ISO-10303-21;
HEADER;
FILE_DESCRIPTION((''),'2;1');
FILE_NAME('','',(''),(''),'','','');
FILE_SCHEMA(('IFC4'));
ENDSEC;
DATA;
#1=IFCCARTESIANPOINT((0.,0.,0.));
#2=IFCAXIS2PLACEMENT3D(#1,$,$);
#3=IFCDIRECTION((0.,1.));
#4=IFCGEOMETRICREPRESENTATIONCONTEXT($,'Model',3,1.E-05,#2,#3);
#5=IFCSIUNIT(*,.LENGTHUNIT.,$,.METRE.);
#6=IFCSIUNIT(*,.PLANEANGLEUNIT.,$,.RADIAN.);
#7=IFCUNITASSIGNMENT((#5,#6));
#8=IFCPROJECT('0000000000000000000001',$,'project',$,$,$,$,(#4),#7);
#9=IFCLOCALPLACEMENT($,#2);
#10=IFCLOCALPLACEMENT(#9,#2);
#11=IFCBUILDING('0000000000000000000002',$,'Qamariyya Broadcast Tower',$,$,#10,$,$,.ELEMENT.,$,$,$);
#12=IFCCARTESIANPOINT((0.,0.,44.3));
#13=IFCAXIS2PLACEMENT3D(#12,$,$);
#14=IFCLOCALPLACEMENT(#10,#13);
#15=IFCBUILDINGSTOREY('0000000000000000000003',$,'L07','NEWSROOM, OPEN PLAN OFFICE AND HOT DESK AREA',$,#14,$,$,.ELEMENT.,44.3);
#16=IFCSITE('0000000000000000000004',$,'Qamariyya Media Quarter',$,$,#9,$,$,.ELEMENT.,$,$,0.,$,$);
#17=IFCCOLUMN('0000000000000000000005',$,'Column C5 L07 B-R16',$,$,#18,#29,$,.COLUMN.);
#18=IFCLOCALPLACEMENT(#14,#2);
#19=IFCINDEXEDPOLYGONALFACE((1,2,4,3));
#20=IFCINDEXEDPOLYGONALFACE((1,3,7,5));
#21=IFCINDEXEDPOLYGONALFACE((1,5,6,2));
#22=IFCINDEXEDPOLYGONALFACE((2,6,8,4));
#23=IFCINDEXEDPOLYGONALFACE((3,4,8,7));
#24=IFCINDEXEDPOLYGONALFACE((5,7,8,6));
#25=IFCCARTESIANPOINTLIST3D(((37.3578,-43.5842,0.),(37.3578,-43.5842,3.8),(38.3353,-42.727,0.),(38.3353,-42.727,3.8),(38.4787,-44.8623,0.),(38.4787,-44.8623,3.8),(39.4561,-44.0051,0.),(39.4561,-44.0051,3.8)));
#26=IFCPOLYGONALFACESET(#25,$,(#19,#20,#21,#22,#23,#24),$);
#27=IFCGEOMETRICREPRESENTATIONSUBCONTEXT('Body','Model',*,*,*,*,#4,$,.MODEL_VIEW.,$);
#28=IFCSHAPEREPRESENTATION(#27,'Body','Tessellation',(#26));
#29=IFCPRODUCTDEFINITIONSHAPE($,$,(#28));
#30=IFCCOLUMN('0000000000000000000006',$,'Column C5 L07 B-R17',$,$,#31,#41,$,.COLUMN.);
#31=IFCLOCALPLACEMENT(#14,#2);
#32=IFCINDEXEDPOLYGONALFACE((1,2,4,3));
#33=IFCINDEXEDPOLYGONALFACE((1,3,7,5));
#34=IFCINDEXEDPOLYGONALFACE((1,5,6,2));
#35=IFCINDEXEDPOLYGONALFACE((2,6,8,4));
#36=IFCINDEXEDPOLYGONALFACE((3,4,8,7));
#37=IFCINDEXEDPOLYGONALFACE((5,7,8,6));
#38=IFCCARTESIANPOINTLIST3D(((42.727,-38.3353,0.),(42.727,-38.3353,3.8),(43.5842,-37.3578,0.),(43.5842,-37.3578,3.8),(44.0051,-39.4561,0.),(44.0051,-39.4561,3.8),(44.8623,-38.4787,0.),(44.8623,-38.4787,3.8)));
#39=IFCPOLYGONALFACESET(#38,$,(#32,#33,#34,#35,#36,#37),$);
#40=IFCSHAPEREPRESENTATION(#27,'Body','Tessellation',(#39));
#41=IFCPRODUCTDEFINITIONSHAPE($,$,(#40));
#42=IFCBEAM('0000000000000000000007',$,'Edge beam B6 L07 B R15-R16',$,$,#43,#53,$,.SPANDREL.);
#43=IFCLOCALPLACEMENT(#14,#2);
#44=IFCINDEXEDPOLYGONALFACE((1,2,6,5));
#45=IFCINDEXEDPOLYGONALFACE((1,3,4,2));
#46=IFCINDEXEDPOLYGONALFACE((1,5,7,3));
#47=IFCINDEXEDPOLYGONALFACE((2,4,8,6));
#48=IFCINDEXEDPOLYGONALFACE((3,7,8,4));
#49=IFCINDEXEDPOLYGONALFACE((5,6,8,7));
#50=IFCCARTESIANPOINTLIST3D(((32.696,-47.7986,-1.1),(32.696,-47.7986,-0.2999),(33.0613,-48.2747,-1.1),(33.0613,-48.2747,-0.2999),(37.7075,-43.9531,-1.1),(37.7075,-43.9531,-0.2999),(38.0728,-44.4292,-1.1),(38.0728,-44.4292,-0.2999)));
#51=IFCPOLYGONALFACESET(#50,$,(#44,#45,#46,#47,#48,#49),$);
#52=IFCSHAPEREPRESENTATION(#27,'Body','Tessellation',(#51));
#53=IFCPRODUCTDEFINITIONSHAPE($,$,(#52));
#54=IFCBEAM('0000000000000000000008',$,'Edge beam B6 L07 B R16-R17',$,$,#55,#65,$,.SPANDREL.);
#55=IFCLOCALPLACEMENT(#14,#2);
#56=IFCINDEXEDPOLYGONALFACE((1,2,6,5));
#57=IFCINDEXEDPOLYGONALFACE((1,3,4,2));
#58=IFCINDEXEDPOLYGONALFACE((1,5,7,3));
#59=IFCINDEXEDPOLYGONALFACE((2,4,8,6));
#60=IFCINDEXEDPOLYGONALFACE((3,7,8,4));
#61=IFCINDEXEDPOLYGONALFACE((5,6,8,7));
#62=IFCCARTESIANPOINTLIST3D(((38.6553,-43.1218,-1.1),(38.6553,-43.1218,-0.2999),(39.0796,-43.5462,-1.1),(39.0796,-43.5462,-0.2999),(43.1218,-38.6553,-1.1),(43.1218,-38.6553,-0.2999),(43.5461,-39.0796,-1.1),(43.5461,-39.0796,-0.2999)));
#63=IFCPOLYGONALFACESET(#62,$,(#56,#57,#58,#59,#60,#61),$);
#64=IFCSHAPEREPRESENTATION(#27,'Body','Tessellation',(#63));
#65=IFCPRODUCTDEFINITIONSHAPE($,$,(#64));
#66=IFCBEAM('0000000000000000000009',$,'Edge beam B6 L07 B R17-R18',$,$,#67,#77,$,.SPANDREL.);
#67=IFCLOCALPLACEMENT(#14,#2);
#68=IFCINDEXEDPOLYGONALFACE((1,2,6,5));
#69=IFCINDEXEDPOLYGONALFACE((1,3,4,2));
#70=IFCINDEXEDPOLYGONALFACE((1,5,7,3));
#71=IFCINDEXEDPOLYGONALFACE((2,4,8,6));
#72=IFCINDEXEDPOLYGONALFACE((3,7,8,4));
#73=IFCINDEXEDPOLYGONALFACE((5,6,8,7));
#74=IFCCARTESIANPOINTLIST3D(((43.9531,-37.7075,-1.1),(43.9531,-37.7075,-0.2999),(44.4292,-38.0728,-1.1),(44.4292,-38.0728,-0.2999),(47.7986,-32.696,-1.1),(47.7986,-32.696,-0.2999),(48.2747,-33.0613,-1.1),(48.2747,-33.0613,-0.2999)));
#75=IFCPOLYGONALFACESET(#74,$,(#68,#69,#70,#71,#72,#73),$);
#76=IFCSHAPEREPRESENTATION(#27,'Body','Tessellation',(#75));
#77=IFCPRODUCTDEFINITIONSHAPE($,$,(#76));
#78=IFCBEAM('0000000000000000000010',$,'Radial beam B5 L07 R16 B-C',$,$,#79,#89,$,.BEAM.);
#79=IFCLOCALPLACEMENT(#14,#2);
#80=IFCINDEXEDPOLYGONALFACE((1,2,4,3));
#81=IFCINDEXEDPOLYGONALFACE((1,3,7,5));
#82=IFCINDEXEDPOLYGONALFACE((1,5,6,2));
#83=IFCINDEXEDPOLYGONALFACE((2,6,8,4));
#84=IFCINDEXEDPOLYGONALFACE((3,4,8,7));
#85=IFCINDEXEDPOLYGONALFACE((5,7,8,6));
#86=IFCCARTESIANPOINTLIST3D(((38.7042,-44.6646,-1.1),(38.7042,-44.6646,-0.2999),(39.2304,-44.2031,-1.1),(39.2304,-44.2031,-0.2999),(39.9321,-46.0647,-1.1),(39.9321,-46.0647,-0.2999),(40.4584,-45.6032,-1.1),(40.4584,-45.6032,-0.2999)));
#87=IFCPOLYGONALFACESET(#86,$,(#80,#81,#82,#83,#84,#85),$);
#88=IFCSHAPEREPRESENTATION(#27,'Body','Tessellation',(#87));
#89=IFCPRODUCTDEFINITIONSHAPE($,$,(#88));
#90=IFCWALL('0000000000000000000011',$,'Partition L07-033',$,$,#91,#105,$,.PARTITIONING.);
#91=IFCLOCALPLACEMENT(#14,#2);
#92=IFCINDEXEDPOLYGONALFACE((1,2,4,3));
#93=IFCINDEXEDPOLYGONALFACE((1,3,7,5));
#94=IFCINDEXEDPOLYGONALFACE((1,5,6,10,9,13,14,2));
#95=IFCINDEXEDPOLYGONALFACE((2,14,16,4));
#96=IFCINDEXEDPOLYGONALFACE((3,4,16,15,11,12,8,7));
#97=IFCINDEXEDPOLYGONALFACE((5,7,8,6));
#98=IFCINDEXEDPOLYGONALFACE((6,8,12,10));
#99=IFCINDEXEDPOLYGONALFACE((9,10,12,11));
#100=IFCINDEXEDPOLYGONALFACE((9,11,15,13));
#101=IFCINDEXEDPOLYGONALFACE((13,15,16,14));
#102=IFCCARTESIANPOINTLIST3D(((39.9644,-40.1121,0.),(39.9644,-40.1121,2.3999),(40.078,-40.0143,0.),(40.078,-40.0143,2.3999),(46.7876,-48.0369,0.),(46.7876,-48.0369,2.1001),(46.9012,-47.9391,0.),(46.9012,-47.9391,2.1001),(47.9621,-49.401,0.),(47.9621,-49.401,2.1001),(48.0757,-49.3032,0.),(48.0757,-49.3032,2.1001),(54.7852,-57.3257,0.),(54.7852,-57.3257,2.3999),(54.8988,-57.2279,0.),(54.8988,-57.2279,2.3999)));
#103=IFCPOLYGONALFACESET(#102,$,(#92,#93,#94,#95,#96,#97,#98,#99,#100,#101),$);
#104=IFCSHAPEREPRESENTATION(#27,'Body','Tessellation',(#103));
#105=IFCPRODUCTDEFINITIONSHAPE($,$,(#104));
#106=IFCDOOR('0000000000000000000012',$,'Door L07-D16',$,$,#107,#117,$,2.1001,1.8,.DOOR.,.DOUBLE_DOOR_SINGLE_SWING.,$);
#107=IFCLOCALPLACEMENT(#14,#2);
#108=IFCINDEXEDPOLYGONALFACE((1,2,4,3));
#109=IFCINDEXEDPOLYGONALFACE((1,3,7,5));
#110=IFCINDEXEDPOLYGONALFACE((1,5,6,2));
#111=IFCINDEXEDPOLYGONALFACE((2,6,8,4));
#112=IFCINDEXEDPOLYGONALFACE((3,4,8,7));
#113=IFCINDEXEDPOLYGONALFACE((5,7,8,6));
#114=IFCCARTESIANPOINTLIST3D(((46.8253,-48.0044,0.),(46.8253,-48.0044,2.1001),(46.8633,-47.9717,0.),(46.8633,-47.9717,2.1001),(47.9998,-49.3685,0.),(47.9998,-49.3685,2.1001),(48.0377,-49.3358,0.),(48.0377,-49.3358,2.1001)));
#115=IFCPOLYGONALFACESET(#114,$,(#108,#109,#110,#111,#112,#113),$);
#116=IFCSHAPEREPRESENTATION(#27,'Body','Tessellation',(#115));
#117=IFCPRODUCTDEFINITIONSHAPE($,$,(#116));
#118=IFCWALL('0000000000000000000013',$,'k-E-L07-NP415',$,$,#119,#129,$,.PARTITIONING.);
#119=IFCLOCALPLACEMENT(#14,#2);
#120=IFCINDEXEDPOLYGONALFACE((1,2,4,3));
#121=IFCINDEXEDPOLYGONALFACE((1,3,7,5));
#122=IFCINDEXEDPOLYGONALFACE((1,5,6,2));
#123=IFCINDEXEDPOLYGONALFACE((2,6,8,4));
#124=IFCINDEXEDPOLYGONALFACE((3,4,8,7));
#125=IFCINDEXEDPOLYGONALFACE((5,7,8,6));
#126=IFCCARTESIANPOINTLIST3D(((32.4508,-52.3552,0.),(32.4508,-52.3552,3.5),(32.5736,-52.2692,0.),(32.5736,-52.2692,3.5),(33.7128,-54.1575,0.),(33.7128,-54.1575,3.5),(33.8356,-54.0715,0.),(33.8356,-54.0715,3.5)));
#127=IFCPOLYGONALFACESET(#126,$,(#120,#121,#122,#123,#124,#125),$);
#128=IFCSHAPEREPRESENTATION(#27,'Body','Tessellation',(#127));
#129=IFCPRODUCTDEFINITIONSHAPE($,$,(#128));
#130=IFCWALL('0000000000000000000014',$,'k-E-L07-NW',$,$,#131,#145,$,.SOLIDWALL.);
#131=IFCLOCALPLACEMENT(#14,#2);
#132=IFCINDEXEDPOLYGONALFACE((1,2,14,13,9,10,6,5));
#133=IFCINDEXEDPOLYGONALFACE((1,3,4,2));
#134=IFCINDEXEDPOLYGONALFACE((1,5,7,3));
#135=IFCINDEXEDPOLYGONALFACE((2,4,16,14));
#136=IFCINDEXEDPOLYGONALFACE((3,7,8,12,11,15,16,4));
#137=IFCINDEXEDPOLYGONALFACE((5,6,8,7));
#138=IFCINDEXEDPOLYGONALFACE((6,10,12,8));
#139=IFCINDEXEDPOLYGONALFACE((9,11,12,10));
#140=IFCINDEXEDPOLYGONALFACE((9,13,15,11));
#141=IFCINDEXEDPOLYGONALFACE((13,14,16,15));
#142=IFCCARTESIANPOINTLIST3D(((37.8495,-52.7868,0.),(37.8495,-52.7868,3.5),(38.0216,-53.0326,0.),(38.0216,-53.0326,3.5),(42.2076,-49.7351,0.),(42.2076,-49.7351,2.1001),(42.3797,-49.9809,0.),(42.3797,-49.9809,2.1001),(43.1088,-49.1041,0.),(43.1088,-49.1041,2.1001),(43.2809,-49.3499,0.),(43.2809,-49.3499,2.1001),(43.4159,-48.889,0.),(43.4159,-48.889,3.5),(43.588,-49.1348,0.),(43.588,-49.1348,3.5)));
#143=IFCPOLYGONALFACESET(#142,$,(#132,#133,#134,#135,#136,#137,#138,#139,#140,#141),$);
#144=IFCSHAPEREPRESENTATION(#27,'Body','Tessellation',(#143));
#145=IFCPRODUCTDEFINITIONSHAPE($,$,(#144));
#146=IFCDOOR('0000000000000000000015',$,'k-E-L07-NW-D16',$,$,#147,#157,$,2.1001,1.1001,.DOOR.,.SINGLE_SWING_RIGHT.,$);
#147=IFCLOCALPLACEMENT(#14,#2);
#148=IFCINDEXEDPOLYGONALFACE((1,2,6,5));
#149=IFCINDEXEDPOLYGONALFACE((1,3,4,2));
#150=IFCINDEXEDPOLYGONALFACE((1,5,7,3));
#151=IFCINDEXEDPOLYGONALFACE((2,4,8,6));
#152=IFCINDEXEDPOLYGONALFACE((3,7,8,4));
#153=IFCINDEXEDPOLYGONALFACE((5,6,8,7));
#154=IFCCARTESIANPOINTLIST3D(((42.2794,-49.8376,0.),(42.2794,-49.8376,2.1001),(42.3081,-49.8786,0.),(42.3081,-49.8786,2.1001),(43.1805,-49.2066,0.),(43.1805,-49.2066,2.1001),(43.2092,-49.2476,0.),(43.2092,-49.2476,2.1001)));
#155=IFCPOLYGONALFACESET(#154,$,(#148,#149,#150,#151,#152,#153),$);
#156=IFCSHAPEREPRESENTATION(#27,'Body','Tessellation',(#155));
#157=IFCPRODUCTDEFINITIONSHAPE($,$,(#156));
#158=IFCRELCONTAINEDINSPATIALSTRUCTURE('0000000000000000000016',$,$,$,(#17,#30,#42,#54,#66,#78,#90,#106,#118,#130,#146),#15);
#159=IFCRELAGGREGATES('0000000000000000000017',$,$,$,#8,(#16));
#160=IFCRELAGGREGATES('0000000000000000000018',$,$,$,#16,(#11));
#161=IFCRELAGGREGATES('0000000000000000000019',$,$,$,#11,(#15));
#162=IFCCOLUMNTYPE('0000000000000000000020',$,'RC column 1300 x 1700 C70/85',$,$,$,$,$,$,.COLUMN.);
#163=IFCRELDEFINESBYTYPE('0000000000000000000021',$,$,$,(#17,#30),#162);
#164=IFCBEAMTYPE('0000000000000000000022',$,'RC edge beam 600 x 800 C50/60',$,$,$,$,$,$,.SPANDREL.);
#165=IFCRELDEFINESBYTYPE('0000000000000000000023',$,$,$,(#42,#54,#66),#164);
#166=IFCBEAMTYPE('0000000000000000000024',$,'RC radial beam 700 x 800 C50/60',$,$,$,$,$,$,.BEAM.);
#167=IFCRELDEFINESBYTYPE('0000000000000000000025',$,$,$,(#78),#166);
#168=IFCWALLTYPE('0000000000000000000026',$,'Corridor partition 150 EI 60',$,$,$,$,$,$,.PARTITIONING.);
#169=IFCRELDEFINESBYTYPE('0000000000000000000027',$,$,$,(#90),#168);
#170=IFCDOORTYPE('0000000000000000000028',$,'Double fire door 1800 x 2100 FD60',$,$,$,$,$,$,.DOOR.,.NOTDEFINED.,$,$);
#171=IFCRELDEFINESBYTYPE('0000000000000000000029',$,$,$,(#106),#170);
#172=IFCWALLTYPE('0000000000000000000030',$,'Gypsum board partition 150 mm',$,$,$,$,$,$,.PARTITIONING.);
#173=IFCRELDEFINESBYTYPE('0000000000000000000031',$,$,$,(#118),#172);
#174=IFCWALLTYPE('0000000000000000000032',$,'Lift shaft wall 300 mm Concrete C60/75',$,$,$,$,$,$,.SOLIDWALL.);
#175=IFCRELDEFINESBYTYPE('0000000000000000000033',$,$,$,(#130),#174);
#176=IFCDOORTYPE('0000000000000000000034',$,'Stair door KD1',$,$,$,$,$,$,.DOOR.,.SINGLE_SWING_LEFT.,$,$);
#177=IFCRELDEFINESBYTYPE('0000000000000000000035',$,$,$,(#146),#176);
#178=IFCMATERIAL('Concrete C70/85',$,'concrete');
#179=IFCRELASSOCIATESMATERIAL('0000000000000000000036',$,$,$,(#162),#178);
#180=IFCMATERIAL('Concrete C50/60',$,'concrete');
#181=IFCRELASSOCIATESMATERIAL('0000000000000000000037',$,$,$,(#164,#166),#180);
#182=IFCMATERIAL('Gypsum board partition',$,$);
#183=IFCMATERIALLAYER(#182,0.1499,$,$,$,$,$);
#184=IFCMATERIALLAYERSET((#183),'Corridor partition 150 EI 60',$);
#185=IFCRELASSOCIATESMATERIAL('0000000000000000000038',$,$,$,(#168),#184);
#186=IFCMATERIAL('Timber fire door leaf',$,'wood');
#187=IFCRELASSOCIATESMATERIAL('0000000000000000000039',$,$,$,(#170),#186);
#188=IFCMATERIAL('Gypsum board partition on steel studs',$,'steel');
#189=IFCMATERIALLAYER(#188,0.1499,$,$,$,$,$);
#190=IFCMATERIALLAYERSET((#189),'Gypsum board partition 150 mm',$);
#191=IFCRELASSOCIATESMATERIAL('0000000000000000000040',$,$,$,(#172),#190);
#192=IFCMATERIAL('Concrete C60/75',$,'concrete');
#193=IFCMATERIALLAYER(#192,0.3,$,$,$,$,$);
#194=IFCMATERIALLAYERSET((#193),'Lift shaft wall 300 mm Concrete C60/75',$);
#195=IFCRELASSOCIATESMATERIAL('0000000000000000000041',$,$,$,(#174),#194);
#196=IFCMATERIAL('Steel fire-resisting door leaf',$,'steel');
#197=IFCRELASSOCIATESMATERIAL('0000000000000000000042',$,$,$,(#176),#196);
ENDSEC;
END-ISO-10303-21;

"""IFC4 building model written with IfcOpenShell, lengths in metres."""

from ifc_helpers import new_model, si_unit, direction, frame, frame_2d, origin, origin_2d, place, context, subcontext, project, spatial, rectangle, extrude, material, layer, layer_set, material_profile, profile_set, type_object, element, fill, save


model = new_model("IFC4")

# Units and contexts
model_context = context("Model", 3, precision=1e-05, world=origin(), true_north=direction((0.0, 1.0)))
body_context = subcontext(model_context, "Body", "Model", "MODEL_VIEW")
ifc_project = project(units=[si_unit("LENGTHUNIT", "METRE"), si_unit("PLANEANGLEUNIT", "RADIAN")], contexts=[model_context])

# Site, building, storey
site_placement = place(None, origin())
site = spatial("IfcSite", under=ifc_project, at=site_placement, Name="Qamariyya Media Quarter", CompositionType="ELEMENT", RefElevation=0.0)
building_placement = place(site_placement, origin())
building = spatial("IfcBuilding", under=site, at=building_placement, Name="Qamariyya Broadcast Tower", CompositionType="ELEMENT")
storey_placement = place(building_placement, frame((0.0, 0.0, 44.3)))
storey = spatial("IfcBuildingStorey", under=building, at=storey_placement, Name="L07", Description="NEWSROOM, OPEN PLAN OFFICE AND HOT DESK AREA", CompositionType="ELEMENT", Elevation=44.3)

# Columns
ifc_material_1 = material(Name="Concrete C70/85", Category="concrete")
ifc_material_profile_1 = material_profile(ifc_material_1, rectangle(XDim=1.3, YDim=1.7, at=origin_2d()))
ifc_profile_set_1 = profile_set([ifc_material_profile_1], Name="Concrete C70/85")
column_type = type_object("IfcColumnType", Name="RC column 1300 x 1700 C70/85", PredefinedType="COLUMN", material=ifc_profile_set_1)
for number, where, z_axis, x_axis, name in (
    (1, (38.407, -43.7947, 0.0), (0.0, 0.0, 1.0), (0.75184, 0.659346, 0.0), "Column C5 L07 B-R16"),
    (2, (43.7947, -38.407, 0.0), (0.0, 0.0, 1.0), (0.659346, 0.75184, 0.0), "Column C5 L07 B-R17"),
):
    element("IfcColumn", number, at=place(storey_placement, frame(where, z_axis=z_axis, x_axis=x_axis)), inside=storey, type_object=column_type, Name=name, PredefinedType="COLUMN", context=body_context, shape_type="SweptSolid", body=[
        extrude(rectangle(XDim=1.3, YDim=1.7, at=origin_2d()), origin(), (0.0, 0.0, 1.0), 3.8),
    ])

# Beams
ifc_material_2 = material(Name="Concrete C50/60", Category="concrete")
ifc_material_profile_2 = material_profile(ifc_material_2, rectangle(XDim=0.6001, YDim=0.8, at=origin_2d()))
ifc_profile_set_2 = profile_set([ifc_material_profile_2], Name="Concrete C50/60")
beam_type_1 = type_object("IfcBeamType", Name="RC edge beam 600 x 800 C50/60", PredefinedType="SPANDREL", material=ifc_profile_set_2)
beam_1_placement = place(storey_placement, frame((32.8787, -48.0366, -0.7), z_axis=(0.793352, 0.608763, 0.0), x_axis=(-0.608763, 0.793352, 0.0)))
element("IfcBeam", 3, at=beam_1_placement, inside=storey, type_object=beam_type_1, Name="Edge beam B6 L07 B R15-R16", PredefinedType="SPANDREL", context=body_context, shape_type="SweptSolid", body=[
    extrude(rectangle(XDim=0.6001, YDim=0.8, at=origin_2d()), origin(), (0.0, 0.0, 1.0), 6.3169),
])
beam_2_placement = place(storey_placement, frame((38.8674, -43.334, -0.7), z_axis=(0.707107, 0.707107, 0.0), x_axis=(-0.707107, 0.707107, 0.0)))
element("IfcBeam", 4, at=beam_2_placement, inside=storey, type_object=beam_type_1, Name="Edge beam B6 L07 B R16-R17", PredefinedType="SPANDREL", context=body_context, shape_type="SweptSolid", body=[
    extrude(rectangle(XDim=0.6001, YDim=0.8, at=origin_2d()), origin(), (0.0, 0.0, 1.0), 6.3167),
])
beam_3_placement = place(storey_placement, frame((44.1912, -37.8901, -0.7), z_axis=(0.608763, 0.793352, 0.0), x_axis=(-0.793352, 0.608763, 0.0)))
element("IfcBeam", 5, at=beam_3_placement, inside=storey, type_object=beam_type_1, Name="Edge beam B6 L07 B R17-R18", PredefinedType="SPANDREL", context=body_context, shape_type="SweptSolid", body=[
    extrude(rectangle(XDim=0.6001, YDim=0.8, at=origin_2d()), origin(), (0.0, 0.0, 1.0), 6.3169),
])
ifc_material_profile_3 = material_profile(ifc_material_2, rectangle(XDim=0.7, YDim=0.8, at=origin_2d()))
ifc_profile_set_3 = profile_set([ifc_material_profile_3], Name="Concrete C50/60")
beam_type_2 = type_object("IfcBeamType", Name="RC radial beam 700 x 800 C50/60", PredefinedType="BEAM", material=ifc_profile_set_3)
beam_4_placement = place(storey_placement, frame((38.9673, -44.4338, -0.7), z_axis=(0.659386, -0.751805, 0.0), x_axis=(0.751805, 0.659386, 0.0)))
element("IfcBeam", 6, at=beam_4_placement, inside=storey, type_object=beam_type_2, Name="Radial beam B5 L07 R16 B-C", PredefinedType="BEAM", context=body_context, shape_type="SweptSolid", body=[
    extrude(rectangle(XDim=0.7, YDim=0.8, at=origin_2d()), origin(), (0.0, 0.0, 1.0), 1.8623),
])

# Wall, opening, door
ifc_material_3 = material(Name="Gypsum board partition")
ifc_layer_1 = layer(ifc_material_3, 0.1499)
ifc_layer_set_1 = layer_set([ifc_layer_1], Name="Corridor partition 150 EI 60")
wall_type_1 = type_object("IfcWallType", Name="Corridor partition 150 EI 60", PredefinedType="PARTITIONING", material=ifc_layer_set_1)
wall_1_placement = place(storey_placement, frame((40.0212, -40.0632, 0.0), z_axis=(0.0, 0.0, 1.0), x_axis=(0.652472, -0.757813, 0.0)))
wall_1 = element("IfcWall", 7, at=wall_1_placement, inside=storey, type_object=wall_type_1, Name="Partition L07-033", PredefinedType="PARTITIONING", context=body_context, shape_type="SweptSolid", body=[
    extrude(rectangle(XDim=22.7148, YDim=0.1499, at=frame_2d((11.3574, 0.0))), origin(), (0.0, 0.0, 1.0), 2.3999),
])
opening_1_placement = place(wall_1_placement, frame((10.4575, 0.0, 0.0)))
opening_1 = element("IfcOpeningElement", 8, at=opening_1_placement, cuts=wall_1, PredefinedType="OPENING", context=body_context, shape_type="SweptSolid", body=[
    extrude(rectangle(XDim=1.8, YDim=2.1001, at=frame_2d((0.8999, 1.05))), frame((0.0, 0.085, 0.0), z_axis=(0.0, -1.0, 0.0), x_axis=(1.0, 0.0, 0.0)), (0.0, 0.0, 1.0), 0.1699),
])
ifc_material_4 = material(Name="Timber fire door leaf", Category="wood")
door_type_1 = type_object("IfcDoorType", Name="Double fire door 1800 x 2100 FD60", OperationType="NOTDEFINED", PredefinedType="DOOR", material=ifc_material_4)
door_1_placement = place(opening_1_placement, origin())
door_1 = element("IfcDoor", 9, at=door_1_placement, inside=storey, type_object=door_type_1, Name="Door L07-D16", OperationType="DOUBLE_DOOR_SINGLE_SWING", OverallHeight=2.1001, OverallWidth=1.8, PredefinedType="DOOR", context=body_context, shape_type="SweptSolid", body=[
    extrude(rectangle(XDim=1.8, YDim=2.1001, at=frame_2d((0.8999, 1.05))), frame((0.0, 0.0249, 0.0), z_axis=(0.0, -1.0, 0.0), x_axis=(1.0, 0.0, 0.0)), (0.0, 0.0, 1.0), 0.05),
])
fill(opening_1, door_1)

# Wall
ifc_material_5 = material(Name="Gypsum board partition on steel studs", Category="steel")
ifc_layer_2 = layer(ifc_material_5, 0.1499)
ifc_layer_set_2 = layer_set([ifc_layer_2], Name="Gypsum board partition 150 mm")
wall_type_2 = type_object("IfcWallType", Name="Gypsum board partition 150 mm", PredefinedType="PARTITIONING", material=ifc_layer_set_2)
wall_2_placement = place(storey_placement, frame((33.7742, -54.1145, 0.0), z_axis=(0.0, 0.0, 1.0), x_axis=(-0.573581, 0.819149, 0.0)))
element("IfcWall", 10, at=wall_2_placement, inside=storey, type_object=wall_type_2, Name="k-E-L07-NP415", PredefinedType="PARTITIONING", context=body_context, shape_type="SweptSolid", body=[
    extrude(rectangle(XDim=2.2002, YDim=0.1499, at=frame_2d((1.1001, 0.0))), origin(), (0.0, 0.0, 1.0), 3.5),
])

# Wall, opening, door
ifc_material_6 = material(Name="Concrete C60/75", Category="concrete")
ifc_layer_3 = layer(ifc_material_6, 0.3)
ifc_layer_set_3 = layer_set([ifc_layer_3], Name="Lift shaft wall 300 mm Concrete C60/75")
wall_type_3 = type_object("IfcWallType", Name="Lift shaft wall 300 mm Concrete C60/75", PredefinedType="SOLIDWALL", material=ifc_layer_set_3)
wall_3_placement = place(storey_placement, frame((37.9355, -52.9097, 0.0), z_axis=(0.0, 0.0, 1.0), x_axis=(0.819148, 0.573583, 0.0)))
wall_3 = element("IfcWall", 11, at=wall_3_placement, inside=storey, type_object=wall_type_3, Name="k-E-L07-NW", PredefinedType="SOLIDWALL", context=body_context, shape_type="SweptSolid", body=[
    extrude(rectangle(XDim=6.7954, YDim=0.3, at=frame_2d((3.3977, 0.0))), origin(), (0.0, 0.0, 1.0), 3.5),
])
opening_2_placement = place(wall_3_placement, frame((5.3203, 0.0, 0.0)))
opening_2 = element("IfcOpeningElement", 12, at=opening_2_placement, cuts=wall_3, PredefinedType="OPENING", context=body_context, shape_type="SweptSolid", body=[
    extrude(rectangle(XDim=1.1001, YDim=2.1001, at=frame_2d((0.55, 1.05))), frame((0.0, 0.1599, 0.0), z_axis=(0.0, -1.0, 0.0), x_axis=(1.0, 0.0, 0.0)), (0.0, 0.0, 1.0), 0.3201),
])
ifc_material_7 = material(Name="Steel fire-resisting door leaf", Category="steel")
door_type_2 = type_object("IfcDoorType", Name="Stair door KD1", OperationType="SINGLE_SWING_LEFT", PredefinedType="DOOR", material=ifc_material_7)
door_2_placement = place(opening_2_placement, origin())
door_2 = element("IfcDoor", 13, at=door_2_placement, inside=storey, type_object=door_type_2, Name="k-E-L07-NW-D16", OperationType="SINGLE_SWING_RIGHT", OverallHeight=2.1001, OverallWidth=1.1001, PredefinedType="DOOR", context=body_context, shape_type="SweptSolid", body=[
    extrude(rectangle(XDim=1.1001, YDim=2.1001, at=frame_2d((0.55, 1.05))), frame((0.0, 0.0249, 0.0), z_axis=(0.0, -1.0, 0.0), x_axis=(1.0, 0.0, 0.0)), (0.0, 0.0, 1.0), 0.05),
])
fill(opening_2, door_2)

save(model, "model.ifc")
